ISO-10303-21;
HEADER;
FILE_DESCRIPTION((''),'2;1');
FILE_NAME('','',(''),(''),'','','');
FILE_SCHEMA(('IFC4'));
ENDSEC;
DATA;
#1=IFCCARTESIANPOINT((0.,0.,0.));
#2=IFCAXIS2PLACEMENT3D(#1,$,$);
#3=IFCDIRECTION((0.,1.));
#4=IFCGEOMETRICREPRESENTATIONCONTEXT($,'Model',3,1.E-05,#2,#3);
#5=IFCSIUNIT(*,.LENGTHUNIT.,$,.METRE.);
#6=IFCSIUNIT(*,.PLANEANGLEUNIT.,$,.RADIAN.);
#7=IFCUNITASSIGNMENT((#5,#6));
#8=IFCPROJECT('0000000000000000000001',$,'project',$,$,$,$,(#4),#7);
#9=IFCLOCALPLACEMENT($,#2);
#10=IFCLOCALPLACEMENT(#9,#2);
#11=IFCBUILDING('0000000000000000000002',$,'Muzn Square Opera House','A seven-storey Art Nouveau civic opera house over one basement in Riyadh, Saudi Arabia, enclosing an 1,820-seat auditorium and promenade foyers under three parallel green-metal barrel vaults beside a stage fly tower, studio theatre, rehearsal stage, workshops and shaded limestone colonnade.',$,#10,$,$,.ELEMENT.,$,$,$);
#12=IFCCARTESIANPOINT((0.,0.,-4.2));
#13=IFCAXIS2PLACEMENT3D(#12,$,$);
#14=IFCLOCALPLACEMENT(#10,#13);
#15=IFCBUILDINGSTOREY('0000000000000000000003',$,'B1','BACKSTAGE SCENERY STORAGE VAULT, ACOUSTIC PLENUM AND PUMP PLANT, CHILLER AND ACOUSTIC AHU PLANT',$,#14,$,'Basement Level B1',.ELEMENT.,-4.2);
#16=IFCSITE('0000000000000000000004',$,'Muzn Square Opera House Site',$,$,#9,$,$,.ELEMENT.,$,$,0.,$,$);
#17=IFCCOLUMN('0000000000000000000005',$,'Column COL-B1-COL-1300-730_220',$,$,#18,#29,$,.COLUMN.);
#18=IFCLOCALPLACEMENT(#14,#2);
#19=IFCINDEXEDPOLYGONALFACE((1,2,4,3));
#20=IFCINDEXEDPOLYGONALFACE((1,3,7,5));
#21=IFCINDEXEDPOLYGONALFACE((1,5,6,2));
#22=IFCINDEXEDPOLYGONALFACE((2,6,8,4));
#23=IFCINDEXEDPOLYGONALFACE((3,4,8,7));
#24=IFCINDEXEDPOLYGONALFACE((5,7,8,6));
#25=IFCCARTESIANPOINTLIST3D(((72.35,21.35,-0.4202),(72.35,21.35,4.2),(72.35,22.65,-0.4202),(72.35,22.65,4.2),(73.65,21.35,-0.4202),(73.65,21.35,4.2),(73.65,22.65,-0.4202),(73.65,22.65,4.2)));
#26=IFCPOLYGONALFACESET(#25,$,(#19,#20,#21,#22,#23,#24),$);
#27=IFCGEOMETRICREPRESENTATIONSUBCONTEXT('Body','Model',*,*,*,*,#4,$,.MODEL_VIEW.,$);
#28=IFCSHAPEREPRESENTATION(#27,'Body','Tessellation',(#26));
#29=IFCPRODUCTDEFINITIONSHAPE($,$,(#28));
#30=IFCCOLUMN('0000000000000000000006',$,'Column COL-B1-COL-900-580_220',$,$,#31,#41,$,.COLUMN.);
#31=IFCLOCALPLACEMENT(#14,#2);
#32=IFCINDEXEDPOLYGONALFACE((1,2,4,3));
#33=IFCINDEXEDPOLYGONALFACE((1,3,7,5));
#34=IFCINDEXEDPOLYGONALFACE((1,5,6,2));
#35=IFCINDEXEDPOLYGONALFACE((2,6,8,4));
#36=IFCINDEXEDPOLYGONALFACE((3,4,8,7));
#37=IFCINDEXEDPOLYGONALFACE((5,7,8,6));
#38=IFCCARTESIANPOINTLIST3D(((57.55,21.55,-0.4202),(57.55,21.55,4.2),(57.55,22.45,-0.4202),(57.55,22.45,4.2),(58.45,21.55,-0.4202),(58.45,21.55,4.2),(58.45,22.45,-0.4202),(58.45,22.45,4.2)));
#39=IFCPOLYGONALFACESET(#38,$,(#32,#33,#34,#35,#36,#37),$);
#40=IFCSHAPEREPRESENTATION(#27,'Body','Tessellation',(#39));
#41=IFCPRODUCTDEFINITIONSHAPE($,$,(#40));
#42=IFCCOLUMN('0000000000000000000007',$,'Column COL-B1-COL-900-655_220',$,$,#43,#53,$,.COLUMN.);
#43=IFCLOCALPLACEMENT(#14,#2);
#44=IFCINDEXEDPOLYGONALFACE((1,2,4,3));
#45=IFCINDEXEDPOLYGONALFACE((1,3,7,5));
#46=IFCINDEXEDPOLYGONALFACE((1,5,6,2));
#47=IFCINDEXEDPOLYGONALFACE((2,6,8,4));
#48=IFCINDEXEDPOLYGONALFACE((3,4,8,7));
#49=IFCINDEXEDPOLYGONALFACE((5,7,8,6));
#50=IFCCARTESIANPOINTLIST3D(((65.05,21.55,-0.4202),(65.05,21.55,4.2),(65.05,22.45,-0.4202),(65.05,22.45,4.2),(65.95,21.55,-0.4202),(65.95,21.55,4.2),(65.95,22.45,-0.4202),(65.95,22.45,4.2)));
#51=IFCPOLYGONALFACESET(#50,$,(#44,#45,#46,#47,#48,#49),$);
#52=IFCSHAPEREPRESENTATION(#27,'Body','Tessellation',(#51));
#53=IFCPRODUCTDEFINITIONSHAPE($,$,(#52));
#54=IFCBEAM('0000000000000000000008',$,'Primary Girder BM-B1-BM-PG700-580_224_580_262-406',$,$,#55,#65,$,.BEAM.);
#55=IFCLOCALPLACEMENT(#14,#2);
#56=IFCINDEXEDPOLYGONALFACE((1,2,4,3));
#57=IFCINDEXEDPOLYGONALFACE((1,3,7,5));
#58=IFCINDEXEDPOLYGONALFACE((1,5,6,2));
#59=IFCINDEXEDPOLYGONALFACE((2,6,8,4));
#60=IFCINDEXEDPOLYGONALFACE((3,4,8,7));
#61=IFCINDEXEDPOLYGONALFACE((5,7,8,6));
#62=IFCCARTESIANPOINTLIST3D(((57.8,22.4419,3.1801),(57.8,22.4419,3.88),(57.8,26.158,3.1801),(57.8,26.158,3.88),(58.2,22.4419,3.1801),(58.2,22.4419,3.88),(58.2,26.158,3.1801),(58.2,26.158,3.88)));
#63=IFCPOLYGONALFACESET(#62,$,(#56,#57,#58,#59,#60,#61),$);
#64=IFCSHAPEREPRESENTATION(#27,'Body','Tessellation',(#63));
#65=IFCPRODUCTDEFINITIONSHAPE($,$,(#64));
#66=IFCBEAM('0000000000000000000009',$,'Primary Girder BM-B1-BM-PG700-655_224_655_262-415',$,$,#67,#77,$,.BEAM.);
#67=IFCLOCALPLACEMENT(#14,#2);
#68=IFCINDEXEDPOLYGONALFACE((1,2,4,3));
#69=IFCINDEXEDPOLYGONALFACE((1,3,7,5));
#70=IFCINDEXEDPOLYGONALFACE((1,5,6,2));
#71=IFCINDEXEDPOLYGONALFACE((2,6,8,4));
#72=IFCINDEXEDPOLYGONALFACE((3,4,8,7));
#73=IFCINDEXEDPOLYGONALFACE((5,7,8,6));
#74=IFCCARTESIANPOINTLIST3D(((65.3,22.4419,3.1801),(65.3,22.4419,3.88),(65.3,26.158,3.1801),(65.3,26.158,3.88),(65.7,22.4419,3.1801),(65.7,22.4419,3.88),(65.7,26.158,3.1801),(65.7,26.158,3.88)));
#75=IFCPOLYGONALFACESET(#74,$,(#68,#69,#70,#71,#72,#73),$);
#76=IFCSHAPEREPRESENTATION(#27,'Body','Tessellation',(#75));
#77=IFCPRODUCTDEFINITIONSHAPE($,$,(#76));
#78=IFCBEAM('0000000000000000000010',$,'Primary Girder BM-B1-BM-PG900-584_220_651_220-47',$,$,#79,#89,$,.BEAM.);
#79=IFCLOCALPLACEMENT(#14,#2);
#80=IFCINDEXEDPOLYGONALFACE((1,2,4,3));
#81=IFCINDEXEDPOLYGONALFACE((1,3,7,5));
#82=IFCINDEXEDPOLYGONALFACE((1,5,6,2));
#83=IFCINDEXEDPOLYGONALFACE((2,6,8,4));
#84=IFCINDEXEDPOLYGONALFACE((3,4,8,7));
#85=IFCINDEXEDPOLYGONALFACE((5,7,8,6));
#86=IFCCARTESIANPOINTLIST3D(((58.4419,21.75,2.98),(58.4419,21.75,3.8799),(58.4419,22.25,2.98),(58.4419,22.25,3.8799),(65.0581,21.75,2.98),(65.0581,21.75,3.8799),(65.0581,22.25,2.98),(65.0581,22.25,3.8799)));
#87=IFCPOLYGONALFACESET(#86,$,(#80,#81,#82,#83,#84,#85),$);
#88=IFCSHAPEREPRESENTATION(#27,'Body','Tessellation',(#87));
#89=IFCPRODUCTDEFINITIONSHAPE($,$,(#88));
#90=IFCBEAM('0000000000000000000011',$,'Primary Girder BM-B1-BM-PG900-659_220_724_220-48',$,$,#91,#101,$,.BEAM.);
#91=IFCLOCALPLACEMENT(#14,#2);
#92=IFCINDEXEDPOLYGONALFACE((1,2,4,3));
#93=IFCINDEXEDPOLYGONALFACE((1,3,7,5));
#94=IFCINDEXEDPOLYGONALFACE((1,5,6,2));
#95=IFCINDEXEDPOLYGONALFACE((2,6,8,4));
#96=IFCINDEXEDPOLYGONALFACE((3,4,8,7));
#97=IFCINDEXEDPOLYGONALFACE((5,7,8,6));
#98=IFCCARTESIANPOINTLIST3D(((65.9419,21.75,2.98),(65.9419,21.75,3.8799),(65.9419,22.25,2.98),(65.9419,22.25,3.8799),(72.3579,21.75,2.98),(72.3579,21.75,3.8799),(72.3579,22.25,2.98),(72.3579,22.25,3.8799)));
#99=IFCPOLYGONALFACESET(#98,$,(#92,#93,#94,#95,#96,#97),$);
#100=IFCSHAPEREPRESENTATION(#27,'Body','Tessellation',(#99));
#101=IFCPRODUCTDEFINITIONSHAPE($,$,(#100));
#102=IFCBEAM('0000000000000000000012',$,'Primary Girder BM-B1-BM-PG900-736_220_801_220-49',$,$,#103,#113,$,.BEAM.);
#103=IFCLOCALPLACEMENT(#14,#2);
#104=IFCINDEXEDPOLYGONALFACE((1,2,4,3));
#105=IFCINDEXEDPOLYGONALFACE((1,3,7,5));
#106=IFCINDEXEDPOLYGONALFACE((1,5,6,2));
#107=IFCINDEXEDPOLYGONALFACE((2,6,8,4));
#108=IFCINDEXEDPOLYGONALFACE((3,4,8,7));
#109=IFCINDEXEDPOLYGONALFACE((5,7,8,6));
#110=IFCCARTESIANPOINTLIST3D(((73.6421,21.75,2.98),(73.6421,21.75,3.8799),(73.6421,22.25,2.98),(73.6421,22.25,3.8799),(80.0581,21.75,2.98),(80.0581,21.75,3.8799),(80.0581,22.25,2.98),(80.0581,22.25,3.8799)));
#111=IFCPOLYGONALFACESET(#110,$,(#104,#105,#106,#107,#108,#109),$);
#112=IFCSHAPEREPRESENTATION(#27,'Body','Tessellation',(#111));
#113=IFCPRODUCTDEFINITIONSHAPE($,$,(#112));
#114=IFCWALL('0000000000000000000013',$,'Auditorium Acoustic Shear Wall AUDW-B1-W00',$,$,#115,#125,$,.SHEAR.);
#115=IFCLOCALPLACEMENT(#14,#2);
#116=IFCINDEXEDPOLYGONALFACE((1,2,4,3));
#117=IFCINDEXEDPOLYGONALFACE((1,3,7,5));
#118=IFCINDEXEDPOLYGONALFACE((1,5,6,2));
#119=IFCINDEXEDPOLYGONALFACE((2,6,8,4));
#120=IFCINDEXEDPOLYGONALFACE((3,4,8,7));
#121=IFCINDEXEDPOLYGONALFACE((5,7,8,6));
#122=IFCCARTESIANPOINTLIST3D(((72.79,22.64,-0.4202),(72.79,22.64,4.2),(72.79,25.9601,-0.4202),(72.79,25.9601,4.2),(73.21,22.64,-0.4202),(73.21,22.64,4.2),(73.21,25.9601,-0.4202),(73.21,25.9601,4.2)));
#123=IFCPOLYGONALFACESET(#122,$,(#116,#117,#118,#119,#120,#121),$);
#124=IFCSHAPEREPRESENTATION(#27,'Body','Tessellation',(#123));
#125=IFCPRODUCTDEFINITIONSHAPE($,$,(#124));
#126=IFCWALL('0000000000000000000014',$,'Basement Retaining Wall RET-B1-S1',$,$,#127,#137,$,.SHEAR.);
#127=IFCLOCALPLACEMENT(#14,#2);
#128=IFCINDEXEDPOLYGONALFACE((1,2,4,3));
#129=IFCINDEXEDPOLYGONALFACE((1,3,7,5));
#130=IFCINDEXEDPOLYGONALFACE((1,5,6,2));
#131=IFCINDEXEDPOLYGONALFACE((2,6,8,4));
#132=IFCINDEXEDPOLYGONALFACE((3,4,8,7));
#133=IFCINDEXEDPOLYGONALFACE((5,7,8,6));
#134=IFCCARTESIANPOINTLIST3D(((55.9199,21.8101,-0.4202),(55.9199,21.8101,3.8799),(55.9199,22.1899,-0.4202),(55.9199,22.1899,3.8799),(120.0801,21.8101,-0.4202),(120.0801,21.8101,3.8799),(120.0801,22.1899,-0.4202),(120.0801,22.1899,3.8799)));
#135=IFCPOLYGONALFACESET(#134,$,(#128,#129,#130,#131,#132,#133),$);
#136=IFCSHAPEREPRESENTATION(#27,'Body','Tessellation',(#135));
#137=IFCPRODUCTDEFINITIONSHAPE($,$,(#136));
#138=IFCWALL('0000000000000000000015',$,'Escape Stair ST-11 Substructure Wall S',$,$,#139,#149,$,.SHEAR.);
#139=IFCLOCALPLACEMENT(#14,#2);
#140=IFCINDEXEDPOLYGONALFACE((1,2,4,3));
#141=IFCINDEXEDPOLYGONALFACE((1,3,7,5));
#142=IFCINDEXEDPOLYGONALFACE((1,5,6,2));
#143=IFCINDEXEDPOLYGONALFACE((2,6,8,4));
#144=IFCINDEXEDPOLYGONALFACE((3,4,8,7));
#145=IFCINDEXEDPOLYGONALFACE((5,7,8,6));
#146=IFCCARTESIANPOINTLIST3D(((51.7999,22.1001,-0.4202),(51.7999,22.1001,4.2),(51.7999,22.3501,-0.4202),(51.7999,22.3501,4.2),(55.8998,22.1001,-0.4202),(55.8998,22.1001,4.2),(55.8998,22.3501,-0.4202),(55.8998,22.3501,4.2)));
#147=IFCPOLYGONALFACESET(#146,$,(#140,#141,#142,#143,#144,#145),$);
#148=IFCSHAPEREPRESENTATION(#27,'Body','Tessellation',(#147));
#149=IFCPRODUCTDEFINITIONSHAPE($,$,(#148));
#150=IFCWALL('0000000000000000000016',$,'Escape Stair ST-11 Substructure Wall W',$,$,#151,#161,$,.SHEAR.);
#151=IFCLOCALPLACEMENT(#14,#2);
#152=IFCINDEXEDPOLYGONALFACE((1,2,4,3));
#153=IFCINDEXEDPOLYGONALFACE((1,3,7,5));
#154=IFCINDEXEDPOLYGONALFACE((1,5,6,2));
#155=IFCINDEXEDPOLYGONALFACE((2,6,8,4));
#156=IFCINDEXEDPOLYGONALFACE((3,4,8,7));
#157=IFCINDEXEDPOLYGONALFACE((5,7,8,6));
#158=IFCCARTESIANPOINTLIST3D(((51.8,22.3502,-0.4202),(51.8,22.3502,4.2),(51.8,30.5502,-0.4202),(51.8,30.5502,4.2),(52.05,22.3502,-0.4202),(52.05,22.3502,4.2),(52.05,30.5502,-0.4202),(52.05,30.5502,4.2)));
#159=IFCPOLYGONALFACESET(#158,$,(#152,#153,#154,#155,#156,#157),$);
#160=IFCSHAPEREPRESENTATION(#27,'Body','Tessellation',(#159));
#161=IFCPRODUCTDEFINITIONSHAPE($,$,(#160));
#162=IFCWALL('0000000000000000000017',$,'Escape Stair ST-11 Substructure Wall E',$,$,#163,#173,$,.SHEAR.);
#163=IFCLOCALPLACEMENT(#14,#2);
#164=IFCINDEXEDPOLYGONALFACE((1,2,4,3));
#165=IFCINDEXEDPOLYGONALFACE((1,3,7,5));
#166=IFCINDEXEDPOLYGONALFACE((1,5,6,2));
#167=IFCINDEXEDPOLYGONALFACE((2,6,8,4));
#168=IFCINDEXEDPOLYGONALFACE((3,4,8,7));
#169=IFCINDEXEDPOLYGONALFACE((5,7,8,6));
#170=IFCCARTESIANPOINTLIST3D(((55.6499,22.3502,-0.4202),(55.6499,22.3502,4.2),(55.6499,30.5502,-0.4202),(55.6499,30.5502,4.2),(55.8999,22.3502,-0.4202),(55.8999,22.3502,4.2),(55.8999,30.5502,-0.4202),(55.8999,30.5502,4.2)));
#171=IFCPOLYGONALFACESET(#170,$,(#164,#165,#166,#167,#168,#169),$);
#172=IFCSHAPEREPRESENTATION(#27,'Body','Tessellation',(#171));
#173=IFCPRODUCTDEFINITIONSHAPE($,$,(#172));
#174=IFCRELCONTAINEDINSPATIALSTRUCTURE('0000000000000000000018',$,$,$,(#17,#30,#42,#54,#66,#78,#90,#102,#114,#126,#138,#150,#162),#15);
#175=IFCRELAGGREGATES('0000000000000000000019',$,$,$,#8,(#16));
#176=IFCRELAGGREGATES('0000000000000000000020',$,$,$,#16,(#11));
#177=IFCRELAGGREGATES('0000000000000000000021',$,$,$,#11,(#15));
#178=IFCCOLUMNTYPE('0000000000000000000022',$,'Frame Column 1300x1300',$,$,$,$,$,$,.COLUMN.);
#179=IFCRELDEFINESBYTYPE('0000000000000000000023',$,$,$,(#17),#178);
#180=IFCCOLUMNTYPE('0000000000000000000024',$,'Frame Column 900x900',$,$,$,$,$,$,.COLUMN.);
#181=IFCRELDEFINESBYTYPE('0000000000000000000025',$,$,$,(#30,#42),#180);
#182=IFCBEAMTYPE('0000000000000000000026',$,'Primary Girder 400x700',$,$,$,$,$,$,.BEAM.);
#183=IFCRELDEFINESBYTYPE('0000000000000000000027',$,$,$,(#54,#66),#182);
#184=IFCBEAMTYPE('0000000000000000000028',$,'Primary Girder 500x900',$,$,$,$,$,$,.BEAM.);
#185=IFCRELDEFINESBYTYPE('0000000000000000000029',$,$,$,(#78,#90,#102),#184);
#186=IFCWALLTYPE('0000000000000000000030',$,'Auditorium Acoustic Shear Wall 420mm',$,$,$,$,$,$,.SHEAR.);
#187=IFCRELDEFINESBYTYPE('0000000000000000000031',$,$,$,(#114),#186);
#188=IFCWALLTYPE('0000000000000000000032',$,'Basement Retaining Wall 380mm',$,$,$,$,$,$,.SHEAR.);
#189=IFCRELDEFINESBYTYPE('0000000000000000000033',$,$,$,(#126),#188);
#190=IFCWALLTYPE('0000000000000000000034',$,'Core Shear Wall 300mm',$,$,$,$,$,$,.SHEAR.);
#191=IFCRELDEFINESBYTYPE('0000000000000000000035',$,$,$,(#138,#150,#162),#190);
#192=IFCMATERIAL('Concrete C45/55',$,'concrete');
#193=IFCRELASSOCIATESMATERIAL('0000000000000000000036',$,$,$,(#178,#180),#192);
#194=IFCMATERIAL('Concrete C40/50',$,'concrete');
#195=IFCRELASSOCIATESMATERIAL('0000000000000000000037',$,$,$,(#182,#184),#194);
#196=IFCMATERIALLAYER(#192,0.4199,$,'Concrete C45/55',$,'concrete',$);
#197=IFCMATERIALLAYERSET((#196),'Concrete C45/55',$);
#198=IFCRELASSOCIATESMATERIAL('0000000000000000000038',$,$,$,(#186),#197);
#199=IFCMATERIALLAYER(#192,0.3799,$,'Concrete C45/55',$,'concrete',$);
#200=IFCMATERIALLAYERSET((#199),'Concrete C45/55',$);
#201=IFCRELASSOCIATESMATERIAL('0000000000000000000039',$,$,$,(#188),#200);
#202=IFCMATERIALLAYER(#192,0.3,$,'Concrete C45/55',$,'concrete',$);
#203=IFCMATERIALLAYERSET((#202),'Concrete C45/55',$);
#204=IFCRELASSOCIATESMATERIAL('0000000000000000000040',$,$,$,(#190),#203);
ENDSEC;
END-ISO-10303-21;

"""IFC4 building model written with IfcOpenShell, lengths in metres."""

from ifc_helpers import new_model, si_unit, direction, frame, frame_2d, origin, origin_2d, place, context, subcontext, project, spatial, rectangle, extrude, material, layer, layer_set, material_profile, profile_set, type_object, element, save


model = new_model("IFC4")

# Units and contexts
model_context = context("Model", 3, precision=1e-05, world=origin(), true_north=direction((0.0, 1.0)))
body_context = subcontext(model_context, "Body", "Model", "MODEL_VIEW")
ifc_project = project(units=[si_unit("LENGTHUNIT", "METRE"), si_unit("PLANEANGLEUNIT", "RADIAN")], contexts=[model_context])

# Site, building, storey
site_placement = place(None, origin())
site = spatial("IfcSite", under=ifc_project, at=site_placement, Name="Muzn Square Opera House Site", CompositionType="ELEMENT", RefElevation=0.0)
building_placement = place(site_placement, origin())
building = spatial("IfcBuilding", under=site, at=building_placement, Name="Muzn Square Opera House", Description="A seven-storey Art Nouveau civic opera house over one basement in Riyadh, Saudi Arabia, enclosing an 1,820-seat auditorium and promenade foyers under three parallel green-metal barrel vaults beside a stage fly tower, studio theatre, rehearsal stage, workshops and shaded limestone colonnade.", CompositionType="ELEMENT")
storey_placement = place(building_placement, frame((0.0, 0.0, -4.2)))
storey = spatial("IfcBuildingStorey", under=building, at=storey_placement, Name="B1", Description="BACKSTAGE SCENERY STORAGE VAULT, ACOUSTIC PLENUM AND PUMP PLANT, CHILLER AND ACOUSTIC AHU PLANT", LongName="Basement Level B1", CompositionType="ELEMENT", Elevation=-4.2)

# Shared definitions
ifc_material_1 = material(Name="Concrete C40/50", Category="concrete")

# Columns
ifc_material_2 = material(Name="Concrete C45/55", Category="concrete")
ifc_material_profile_1 = material_profile(ifc_material_2, rectangle(XDim=1.3, YDim=1.3, at=origin_2d()), Name="RC 1300x1300", Category="concrete")
ifc_profile_set_1 = profile_set([ifc_material_profile_1], Name="Concrete C45/55")
column_type_1 = type_object("IfcColumnType", Name="Frame Column 1300x1300", PredefinedType="COLUMN", material=ifc_profile_set_1)
column_placement = place(storey_placement, frame((73.0, 22.0, -0.4202), z_axis=(0.0, 0.0, 1.0), x_axis=(1.0, 0.0, 0.0)))
element("IfcColumn", 1, at=column_placement, inside=storey, type_object=column_type_1, Name="Column COL-B1-COL-1300-730_220", PredefinedType="COLUMN", context=body_context, shape_type="SweptSolid", body=[
    extrude(rectangle(XDim=1.3, YDim=1.3, at=origin_2d()), origin(), (0.0, 0.0, 1.0), 4.6201),
])
ifc_material_profile_2 = material_profile(ifc_material_2, rectangle(XDim=0.8999, YDim=0.8999, at=origin_2d()), Name="RC 900x900", Category="concrete")
ifc_profile_set_2 = profile_set([ifc_material_profile_2], Name="Concrete C45/55")
column_type_2 = type_object("IfcColumnType", Name="Frame Column 900x900", PredefinedType="COLUMN", material=ifc_profile_set_2)
for number, where, z_axis, x_axis, name in (
    (2, (58.0, 22.0, -0.4202), (0.0, 0.0, 1.0), (1.0, 0.0, 0.0), "Column COL-B1-COL-900-580_220"),
    (3, (65.5, 22.0, -0.4202), (0.0, 0.0, 1.0), (1.0, 0.0, 0.0), "Column COL-B1-COL-900-655_220"),
):
    element("IfcColumn", number, at=place(storey_placement, frame(where, z_axis=z_axis, x_axis=x_axis)), inside=storey, type_object=column_type_2, Name=name, PredefinedType="COLUMN", context=body_context, shape_type="SweptSolid", body=[
        extrude(rectangle(XDim=0.8999, YDim=0.8999, at=origin_2d()), origin(), (0.0, 0.0, 1.0), 4.6201),
    ])

# Beams
ifc_material_profile_3 = material_profile(ifc_material_1, rectangle(XDim=0.3999, YDim=0.7, at=origin_2d()), Name="RCB 400x700", Category="concrete")
ifc_profile_set_3 = profile_set([ifc_material_profile_3], Name="Concrete C40/50")
beam_type_1 = type_object("IfcBeamType", Name="Primary Girder 400x700", PredefinedType="BEAM", material=ifc_profile_set_3)
for number, where, z_axis, x_axis, name in (
    (4, (58.0, 22.4419, 3.53), (0.0, 1.0, 0.0), (-1.0, 0.0, 0.0), "Primary Girder BM-B1-BM-PG700-580_224_580_262-406"),
    (5, (65.5, 22.4419, 3.53), (0.0, 1.0, 0.0), (-1.0, 0.0, 0.0), "Primary Girder BM-B1-BM-PG700-655_224_655_262-415"),
):
    element("IfcBeam", number, at=place(storey_placement, frame(where, z_axis=z_axis, x_axis=x_axis)), inside=storey, type_object=beam_type_1, Name=name, PredefinedType="BEAM", context=body_context, shape_type="SweptSolid", body=[
        extrude(rectangle(XDim=0.3999, YDim=0.7, at=origin_2d()), origin(), (0.0, 0.0, 1.0), 3.7161),
    ])
ifc_material_profile_4 = material_profile(ifc_material_1, rectangle(XDim=0.5, YDim=0.8999, at=origin_2d()), Name="RCB 500x900", Category="concrete")
ifc_profile_set_4 = profile_set([ifc_material_profile_4], Name="Concrete C40/50")
beam_type_2 = type_object("IfcBeamType", Name="Primary Girder 500x900", PredefinedType="BEAM", material=ifc_profile_set_4)
beam_placement = place(storey_placement, frame((58.4419, 22.0, 3.4299), z_axis=(1.0, 0.0, 0.0), x_axis=(0.0, 1.0, 0.0)))
element("IfcBeam", 6, at=beam_placement, inside=storey, type_object=beam_type_2, Name="Primary Girder BM-B1-BM-PG900-584_220_651_220-47", PredefinedType="BEAM", context=body_context, shape_type="SweptSolid", body=[
    extrude(rectangle(XDim=0.5, YDim=0.8999, at=origin_2d()), origin(), (0.0, 0.0, 1.0), 6.6162),
])
for number, where, z_axis, x_axis, name in (
    (7, (65.9419, 22.0, 3.4299), (1.0, 0.0, 0.0), (0.0, 1.0, 0.0), "Primary Girder BM-B1-BM-PG900-659_220_724_220-48"),
    (8, (73.6421, 22.0, 3.4299), (1.0, 0.0, 0.0), (0.0, 1.0, 0.0), "Primary Girder BM-B1-BM-PG900-736_220_801_220-49"),
):
    element("IfcBeam", number, at=place(storey_placement, frame(where, z_axis=z_axis, x_axis=x_axis)), inside=storey, type_object=beam_type_2, Name=name, PredefinedType="BEAM", context=body_context, shape_type="SweptSolid", body=[
        extrude(rectangle(XDim=0.5, YDim=0.8999, at=origin_2d()), origin(), (0.0, 0.0, 1.0), 6.416),
    ])

# Walls
ifc_layer_1 = layer(ifc_material_2, 0.4199, Name="Concrete C45/55", Category="concrete")
ifc_layer_set_1 = layer_set([ifc_layer_1], Name="Concrete C45/55")
wall_type_1 = type_object("IfcWallType", Name="Auditorium Acoustic Shear Wall 420mm", PredefinedType="SHEAR", material=ifc_layer_set_1)
wall_1_placement = place(storey_placement, frame((73.0, 22.6399, -0.4202), z_axis=(0.0, 0.0, 1.0), x_axis=(0.0, 1.0, 0.0)))
element("IfcWall", 9, at=wall_1_placement, inside=storey, type_object=wall_type_1, Name="Auditorium Acoustic Shear Wall AUDW-B1-W00", PredefinedType="SHEAR", context=body_context, shape_type="SweptSolid", body=[
    extrude(rectangle(XDim=3.3201, YDim=0.4199, at=frame_2d((1.6602, 0.0))), origin(), (0.0, 0.0, 1.0), 4.6201),
])
ifc_layer_2 = layer(ifc_material_2, 0.3799, Name="Concrete C45/55", Category="concrete")
ifc_layer_set_2 = layer_set([ifc_layer_2], Name="Concrete C45/55")
wall_type_2 = type_object("IfcWallType", Name="Basement Retaining Wall 380mm", PredefinedType="SHEAR", material=ifc_layer_set_2)
wall_2_placement = place(storey_placement, frame((55.9199, 22.0, -0.4202), z_axis=(0.0, 0.0, 1.0), x_axis=(1.0, 0.0, 0.0)))
element("IfcWall", 10, at=wall_2_placement, inside=storey, type_object=wall_type_2, Name="Basement Retaining Wall RET-B1-S1", PredefinedType="SHEAR", context=body_context, shape_type="SweptSolid", body=[
    extrude(rectangle(XDim=64.1602, YDim=0.3799, at=frame_2d((32.0801, 0.0))), origin(), (0.0, 0.0, 1.0), 4.3),
])
ifc_layer_3 = layer(ifc_material_2, 0.3, Name="Concrete C45/55", Category="concrete")
ifc_layer_set_3 = layer_set([ifc_layer_3], Name="Concrete C45/55")
wall_type_3 = type_object("IfcWallType", Name="Core Shear Wall 300mm", PredefinedType="SHEAR", material=ifc_layer_set_3)
wall_3_placement = place(storey_placement, frame((51.8, 22.2251, -0.4202), z_axis=(0.0, 0.0, 1.0), x_axis=(1.0, 0.0, 0.0)))
element("IfcWall", 11, at=wall_3_placement, inside=storey, type_object=wall_type_3, Name="Escape Stair ST-11 Substructure Wall S", PredefinedType="SHEAR", context=body_context, shape_type="SweptSolid", body=[
    extrude(rectangle(XDim=4.0999, YDim=0.25, at=frame_2d((2.0498, 0.0))), origin(), (0.0, 0.0, 1.0), 4.6201),
])
for number, where, z_axis, x_axis, name in (
    (12, (51.925, 22.3501, -0.4202), (0.0, 0.0, 1.0), (0.0, 1.0, 0.0), "Escape Stair ST-11 Substructure Wall W"),
    (13, (55.7749, 22.3501, -0.4202), (0.0, 0.0, 1.0), (0.0, 1.0, 0.0), "Escape Stair ST-11 Substructure Wall E"),
):
    element("IfcWall", number, at=place(storey_placement, frame(where, z_axis=z_axis, x_axis=x_axis)), inside=storey, type_object=wall_type_3, Name=name, PredefinedType="SHEAR", context=body_context, shape_type="SweptSolid", body=[
        extrude(rectangle(XDim=8.2, YDim=0.25, at=frame_2d((4.1001, 0.0))), origin(), (0.0, 0.0, 1.0), 4.6201),
    ])

save(model, "model.ifc")
